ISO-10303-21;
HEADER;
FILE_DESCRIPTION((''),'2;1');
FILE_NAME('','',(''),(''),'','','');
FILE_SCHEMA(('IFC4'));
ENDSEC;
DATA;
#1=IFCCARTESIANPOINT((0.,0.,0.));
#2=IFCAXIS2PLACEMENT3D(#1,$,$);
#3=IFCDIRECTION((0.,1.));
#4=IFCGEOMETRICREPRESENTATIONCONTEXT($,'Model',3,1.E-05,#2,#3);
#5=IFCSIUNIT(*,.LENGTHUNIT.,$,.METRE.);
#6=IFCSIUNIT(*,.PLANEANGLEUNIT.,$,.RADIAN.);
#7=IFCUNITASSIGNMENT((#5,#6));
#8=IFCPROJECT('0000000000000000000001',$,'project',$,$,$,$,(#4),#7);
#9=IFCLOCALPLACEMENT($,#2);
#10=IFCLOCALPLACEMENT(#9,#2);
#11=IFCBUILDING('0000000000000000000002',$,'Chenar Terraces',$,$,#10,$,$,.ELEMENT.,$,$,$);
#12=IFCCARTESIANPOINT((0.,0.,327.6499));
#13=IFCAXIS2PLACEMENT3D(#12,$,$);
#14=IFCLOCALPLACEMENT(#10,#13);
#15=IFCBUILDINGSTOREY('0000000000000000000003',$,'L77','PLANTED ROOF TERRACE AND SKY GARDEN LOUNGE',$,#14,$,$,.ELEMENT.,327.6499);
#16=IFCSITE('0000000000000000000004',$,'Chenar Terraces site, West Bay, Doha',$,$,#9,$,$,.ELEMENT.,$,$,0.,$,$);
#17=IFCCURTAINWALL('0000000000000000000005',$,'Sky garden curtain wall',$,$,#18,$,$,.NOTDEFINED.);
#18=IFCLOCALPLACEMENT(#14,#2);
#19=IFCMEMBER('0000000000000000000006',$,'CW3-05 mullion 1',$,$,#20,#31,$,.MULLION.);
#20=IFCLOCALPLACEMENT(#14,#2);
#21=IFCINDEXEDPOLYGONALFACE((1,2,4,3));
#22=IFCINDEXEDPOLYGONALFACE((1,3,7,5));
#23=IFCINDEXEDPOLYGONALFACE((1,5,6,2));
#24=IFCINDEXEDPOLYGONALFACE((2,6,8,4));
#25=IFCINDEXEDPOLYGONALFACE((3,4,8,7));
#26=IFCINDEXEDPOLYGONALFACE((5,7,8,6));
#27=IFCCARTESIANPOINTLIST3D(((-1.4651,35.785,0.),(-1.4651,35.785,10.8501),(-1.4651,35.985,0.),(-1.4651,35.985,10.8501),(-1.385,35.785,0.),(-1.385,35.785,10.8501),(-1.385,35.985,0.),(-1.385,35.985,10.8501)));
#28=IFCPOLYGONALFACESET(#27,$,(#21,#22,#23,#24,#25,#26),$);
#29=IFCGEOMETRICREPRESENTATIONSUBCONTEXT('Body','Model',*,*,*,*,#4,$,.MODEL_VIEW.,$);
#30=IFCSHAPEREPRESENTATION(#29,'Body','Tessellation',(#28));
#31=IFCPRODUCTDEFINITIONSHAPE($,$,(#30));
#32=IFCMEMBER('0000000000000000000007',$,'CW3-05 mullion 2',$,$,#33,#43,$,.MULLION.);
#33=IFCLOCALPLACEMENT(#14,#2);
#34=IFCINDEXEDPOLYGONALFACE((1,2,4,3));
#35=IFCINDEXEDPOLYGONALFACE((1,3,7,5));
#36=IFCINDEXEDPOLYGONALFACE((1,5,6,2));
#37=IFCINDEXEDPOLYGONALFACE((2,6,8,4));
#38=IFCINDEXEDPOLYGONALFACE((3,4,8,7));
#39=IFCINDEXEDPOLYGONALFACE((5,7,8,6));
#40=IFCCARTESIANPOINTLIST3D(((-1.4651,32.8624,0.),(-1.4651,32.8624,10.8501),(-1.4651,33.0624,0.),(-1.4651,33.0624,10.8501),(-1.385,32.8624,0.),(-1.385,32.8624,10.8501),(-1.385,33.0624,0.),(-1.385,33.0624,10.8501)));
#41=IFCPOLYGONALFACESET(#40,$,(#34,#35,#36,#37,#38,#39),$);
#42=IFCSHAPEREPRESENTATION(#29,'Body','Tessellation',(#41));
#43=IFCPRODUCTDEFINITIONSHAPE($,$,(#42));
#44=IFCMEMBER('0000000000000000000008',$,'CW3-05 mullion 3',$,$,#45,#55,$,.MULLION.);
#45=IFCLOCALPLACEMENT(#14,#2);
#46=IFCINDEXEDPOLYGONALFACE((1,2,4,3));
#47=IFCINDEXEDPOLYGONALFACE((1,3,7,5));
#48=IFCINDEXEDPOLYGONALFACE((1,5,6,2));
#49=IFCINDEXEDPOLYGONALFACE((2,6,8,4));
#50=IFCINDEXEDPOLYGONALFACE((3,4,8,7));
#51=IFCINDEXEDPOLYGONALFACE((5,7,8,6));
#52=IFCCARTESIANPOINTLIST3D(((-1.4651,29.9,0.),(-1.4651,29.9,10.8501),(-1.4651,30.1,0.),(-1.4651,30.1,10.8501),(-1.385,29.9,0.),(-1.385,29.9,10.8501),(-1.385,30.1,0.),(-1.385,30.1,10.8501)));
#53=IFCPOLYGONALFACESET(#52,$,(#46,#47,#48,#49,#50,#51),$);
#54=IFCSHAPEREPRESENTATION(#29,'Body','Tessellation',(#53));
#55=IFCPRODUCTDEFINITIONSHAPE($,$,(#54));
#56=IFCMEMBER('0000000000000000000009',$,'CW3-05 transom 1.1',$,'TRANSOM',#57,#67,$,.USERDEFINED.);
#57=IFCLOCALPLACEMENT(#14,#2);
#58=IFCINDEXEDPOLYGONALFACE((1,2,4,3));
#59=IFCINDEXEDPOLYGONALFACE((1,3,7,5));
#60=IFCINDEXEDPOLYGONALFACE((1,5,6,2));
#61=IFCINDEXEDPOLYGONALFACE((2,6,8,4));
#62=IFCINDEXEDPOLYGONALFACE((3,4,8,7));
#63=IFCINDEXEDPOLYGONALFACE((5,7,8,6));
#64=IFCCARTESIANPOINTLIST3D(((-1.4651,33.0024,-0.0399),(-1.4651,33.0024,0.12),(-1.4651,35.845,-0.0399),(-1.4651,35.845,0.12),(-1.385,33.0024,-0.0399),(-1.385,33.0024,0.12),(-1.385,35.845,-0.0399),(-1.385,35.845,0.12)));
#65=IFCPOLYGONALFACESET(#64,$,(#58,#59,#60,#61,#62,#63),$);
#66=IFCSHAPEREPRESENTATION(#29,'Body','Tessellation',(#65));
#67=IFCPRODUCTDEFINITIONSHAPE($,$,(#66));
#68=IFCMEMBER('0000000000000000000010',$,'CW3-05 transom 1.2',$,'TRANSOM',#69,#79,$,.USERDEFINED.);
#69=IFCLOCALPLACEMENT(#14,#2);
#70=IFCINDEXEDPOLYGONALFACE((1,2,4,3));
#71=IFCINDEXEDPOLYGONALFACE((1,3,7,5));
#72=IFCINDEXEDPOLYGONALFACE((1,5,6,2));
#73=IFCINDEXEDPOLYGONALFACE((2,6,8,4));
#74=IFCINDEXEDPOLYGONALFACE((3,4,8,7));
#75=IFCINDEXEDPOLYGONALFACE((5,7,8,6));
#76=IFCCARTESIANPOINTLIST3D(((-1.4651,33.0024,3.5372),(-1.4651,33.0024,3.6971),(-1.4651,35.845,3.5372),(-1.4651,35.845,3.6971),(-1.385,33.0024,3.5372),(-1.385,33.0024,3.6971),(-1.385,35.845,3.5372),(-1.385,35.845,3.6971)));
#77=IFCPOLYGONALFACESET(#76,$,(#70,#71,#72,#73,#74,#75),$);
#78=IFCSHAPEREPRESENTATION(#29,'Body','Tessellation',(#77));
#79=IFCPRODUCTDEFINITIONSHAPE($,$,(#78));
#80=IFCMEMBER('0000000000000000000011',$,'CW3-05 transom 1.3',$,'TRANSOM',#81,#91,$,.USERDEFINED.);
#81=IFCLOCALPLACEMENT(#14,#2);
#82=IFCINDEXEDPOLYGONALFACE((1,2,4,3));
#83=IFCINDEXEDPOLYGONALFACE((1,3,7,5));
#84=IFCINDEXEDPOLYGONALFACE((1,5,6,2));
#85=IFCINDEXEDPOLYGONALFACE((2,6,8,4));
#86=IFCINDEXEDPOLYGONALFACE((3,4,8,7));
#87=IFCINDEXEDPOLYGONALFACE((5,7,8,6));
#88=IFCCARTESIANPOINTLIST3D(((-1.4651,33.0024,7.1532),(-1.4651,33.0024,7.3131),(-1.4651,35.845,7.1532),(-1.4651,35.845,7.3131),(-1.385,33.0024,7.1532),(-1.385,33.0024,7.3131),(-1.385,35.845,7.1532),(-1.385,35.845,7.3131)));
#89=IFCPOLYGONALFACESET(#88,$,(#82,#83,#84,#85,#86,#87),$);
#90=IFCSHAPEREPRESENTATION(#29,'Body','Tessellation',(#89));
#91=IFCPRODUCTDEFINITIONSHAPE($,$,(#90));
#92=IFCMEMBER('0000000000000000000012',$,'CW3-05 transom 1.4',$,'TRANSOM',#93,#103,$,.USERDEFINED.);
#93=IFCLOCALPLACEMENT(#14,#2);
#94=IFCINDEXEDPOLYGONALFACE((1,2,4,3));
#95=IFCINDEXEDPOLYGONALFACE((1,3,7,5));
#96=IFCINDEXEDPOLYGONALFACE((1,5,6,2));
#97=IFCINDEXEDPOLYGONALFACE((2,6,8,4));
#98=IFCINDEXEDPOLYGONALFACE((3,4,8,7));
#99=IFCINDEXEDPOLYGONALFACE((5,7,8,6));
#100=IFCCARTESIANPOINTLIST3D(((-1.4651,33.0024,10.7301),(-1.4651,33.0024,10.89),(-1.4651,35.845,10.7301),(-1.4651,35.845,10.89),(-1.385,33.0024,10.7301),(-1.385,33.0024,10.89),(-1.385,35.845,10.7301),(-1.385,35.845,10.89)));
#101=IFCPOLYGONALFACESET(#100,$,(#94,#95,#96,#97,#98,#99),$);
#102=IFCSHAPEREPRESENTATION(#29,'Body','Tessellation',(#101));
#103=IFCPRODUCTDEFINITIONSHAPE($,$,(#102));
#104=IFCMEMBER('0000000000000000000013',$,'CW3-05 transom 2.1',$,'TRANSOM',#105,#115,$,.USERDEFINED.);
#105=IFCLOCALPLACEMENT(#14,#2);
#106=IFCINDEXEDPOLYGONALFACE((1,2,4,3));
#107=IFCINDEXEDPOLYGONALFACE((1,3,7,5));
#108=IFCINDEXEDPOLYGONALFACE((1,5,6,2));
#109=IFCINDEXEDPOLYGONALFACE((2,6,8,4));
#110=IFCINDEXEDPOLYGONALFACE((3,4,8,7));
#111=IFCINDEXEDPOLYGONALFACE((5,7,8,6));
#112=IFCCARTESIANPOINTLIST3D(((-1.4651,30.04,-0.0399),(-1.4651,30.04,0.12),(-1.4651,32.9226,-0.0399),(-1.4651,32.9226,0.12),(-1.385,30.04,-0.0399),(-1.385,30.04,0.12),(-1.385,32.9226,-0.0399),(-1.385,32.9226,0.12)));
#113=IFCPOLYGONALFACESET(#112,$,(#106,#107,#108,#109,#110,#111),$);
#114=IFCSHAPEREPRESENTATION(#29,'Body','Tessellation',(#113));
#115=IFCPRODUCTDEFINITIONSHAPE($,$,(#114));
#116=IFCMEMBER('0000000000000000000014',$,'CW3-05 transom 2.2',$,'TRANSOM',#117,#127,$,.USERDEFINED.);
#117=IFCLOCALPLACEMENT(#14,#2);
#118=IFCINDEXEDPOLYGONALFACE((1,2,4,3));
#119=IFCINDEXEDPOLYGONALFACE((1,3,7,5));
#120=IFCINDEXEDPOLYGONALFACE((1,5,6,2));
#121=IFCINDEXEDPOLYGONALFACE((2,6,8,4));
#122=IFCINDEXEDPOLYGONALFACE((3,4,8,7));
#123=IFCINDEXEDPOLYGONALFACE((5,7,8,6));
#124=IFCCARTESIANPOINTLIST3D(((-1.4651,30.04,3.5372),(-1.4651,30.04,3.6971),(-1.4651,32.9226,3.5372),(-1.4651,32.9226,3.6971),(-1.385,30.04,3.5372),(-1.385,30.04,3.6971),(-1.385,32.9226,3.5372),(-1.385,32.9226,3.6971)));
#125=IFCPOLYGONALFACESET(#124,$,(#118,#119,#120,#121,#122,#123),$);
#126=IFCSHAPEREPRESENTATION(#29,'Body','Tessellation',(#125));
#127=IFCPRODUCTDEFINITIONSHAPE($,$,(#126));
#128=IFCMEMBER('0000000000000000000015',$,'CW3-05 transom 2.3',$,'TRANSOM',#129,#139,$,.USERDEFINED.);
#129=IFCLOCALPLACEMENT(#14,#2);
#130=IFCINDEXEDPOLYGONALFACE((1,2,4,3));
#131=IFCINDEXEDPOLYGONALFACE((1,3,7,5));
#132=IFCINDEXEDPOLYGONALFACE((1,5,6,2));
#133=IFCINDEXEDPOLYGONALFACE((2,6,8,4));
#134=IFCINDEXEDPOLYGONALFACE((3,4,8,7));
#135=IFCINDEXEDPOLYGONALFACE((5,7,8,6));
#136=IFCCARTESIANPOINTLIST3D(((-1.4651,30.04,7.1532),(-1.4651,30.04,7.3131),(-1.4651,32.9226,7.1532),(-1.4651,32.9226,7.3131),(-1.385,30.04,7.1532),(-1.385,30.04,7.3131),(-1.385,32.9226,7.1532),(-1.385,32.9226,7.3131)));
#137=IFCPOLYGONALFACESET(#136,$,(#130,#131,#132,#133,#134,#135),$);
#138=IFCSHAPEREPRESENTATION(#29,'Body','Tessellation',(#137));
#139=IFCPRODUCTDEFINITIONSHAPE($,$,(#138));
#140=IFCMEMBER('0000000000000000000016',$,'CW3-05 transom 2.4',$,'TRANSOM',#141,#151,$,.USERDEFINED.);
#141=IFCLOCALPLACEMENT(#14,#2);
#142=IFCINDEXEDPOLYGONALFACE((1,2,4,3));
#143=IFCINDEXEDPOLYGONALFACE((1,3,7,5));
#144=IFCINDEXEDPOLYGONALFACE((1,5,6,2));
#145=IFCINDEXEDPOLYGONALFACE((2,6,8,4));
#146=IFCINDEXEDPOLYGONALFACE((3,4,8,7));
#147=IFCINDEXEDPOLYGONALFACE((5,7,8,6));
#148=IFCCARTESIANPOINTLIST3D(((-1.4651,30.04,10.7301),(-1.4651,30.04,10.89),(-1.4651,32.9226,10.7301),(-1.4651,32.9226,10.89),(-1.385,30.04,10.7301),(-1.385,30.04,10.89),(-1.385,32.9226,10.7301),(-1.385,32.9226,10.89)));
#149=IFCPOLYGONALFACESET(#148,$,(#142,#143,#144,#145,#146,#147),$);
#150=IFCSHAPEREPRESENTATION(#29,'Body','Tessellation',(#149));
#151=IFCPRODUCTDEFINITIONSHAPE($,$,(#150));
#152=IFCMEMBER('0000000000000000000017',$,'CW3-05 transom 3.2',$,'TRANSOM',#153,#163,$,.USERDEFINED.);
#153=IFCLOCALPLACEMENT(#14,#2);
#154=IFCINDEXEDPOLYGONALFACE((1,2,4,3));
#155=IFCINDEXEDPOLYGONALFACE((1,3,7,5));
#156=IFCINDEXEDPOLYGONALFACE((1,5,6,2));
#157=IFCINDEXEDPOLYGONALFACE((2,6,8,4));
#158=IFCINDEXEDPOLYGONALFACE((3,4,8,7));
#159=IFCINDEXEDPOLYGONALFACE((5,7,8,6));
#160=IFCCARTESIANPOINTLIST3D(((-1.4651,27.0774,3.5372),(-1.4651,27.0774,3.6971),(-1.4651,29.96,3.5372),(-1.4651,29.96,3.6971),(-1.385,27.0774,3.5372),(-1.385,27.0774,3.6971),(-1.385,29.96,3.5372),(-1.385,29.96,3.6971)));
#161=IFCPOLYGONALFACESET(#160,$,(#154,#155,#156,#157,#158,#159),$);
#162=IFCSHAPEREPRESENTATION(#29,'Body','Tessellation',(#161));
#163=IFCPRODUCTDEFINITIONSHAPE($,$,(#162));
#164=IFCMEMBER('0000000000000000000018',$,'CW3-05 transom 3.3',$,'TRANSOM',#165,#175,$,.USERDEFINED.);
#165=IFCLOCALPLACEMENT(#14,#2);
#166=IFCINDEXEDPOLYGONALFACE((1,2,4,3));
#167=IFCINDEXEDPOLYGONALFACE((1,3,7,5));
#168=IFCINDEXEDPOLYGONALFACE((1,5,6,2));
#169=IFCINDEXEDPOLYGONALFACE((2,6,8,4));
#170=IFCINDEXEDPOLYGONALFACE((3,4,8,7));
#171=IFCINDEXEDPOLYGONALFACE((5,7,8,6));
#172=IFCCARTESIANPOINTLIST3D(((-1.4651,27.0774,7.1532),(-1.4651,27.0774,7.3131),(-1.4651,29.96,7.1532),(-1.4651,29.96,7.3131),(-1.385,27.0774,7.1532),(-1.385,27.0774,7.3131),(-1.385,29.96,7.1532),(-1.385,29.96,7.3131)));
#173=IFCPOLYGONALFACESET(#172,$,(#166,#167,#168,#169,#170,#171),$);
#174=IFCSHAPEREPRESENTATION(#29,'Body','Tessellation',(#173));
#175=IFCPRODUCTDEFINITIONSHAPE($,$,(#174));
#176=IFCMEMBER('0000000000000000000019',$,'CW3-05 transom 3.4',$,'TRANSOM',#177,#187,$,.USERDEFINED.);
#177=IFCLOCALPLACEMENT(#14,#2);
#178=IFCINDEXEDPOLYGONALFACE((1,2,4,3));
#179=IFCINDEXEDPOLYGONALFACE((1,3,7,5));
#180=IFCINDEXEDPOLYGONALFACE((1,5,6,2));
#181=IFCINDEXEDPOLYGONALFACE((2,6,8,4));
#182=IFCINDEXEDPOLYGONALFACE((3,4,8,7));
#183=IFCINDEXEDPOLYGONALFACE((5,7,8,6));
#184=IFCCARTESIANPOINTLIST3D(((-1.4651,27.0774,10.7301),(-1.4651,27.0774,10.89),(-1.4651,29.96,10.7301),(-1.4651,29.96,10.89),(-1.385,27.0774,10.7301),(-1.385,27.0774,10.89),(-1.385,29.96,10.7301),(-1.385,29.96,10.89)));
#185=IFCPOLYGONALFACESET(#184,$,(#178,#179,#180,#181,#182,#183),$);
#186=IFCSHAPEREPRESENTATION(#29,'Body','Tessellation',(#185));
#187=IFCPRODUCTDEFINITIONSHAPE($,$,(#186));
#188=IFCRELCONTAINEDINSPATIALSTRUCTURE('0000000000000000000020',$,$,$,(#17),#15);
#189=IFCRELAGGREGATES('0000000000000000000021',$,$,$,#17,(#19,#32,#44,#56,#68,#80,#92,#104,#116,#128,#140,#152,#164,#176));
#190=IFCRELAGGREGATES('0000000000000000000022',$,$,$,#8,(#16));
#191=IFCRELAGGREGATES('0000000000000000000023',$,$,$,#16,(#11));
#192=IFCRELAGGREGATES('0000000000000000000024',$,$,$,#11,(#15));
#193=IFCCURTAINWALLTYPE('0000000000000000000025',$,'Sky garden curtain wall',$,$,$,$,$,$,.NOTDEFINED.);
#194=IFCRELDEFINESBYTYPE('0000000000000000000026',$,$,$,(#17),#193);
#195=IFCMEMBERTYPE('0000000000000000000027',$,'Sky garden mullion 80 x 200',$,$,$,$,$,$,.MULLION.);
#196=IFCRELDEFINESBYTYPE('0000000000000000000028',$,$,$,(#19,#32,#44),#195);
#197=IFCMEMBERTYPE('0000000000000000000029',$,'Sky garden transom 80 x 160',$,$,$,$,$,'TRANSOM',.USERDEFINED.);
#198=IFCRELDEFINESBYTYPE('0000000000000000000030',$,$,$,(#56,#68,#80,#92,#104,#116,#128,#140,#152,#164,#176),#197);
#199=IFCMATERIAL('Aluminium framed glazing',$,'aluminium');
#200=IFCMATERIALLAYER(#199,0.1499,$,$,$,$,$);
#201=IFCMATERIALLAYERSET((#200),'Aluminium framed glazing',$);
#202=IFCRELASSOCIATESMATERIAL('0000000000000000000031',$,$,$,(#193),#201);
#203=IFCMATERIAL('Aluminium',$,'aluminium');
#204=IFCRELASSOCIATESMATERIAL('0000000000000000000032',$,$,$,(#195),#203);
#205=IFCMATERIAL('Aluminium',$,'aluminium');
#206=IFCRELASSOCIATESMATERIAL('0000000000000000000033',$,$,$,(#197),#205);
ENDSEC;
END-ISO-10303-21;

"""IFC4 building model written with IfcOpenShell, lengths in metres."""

from ifc_helpers import new_model, si_unit, direction, frame, origin, origin_2d, place, context, subcontext, project, spatial, rectangle, extrude, material, layer, layer_set, material_profile, profile_set, type_object, element, aggregate, save


model = new_model("IFC4")

# Units and contexts
model_context = context("Model", 3, precision=1e-05, world=origin(), true_north=direction((0.0, 1.0)))
body_context = subcontext(model_context, "Body", "Model", "MODEL_VIEW")
ifc_project = project(units=[si_unit("LENGTHUNIT", "METRE"), si_unit("PLANEANGLEUNIT", "RADIAN")], contexts=[model_context])

# Site, building, storey
site_placement = place(None, origin())
site = spatial("IfcSite", under=ifc_project, at=site_placement, Name="Chenar Terraces site, West Bay, Doha", CompositionType="ELEMENT", RefElevation=0.0)
building_placement = place(site_placement, origin())
building = spatial("IfcBuilding", under=site, at=building_placement, Name="Chenar Terraces", CompositionType="ELEMENT")
storey_placement = place(building_placement, frame((0.0, 0.0, 327.6499)))
storey = spatial("IfcBuildingStorey", under=building, at=storey_placement, Name="L77", Description="PLANTED ROOF TERRACE AND SKY GARDEN LOUNGE", CompositionType="ELEMENT", Elevation=327.6499)

# Curtain wall, members
ifc_material_1 = material(Name="Aluminium framed glazing", Category="aluminium")
ifc_layer_1 = layer(ifc_material_1, 0.1499)
ifc_layer_set_1 = layer_set([ifc_layer_1], Name="Aluminium framed glazing")
curtain_wall_type = type_object("IfcCurtainWallType", Name="Sky garden curtain wall", PredefinedType="NOTDEFINED", material=ifc_layer_set_1)
curtain_wall_placement = place(storey_placement, origin())
curtain_wall = element("IfcCurtainWall", 1, at=curtain_wall_placement, inside=storey, type_object=curtain_wall_type, Name="Sky garden curtain wall", PredefinedType="NOTDEFINED")
ifc_material_2 = material(Name="Aluminium", Category="aluminium")
ifc_material_profile_1 = material_profile(ifc_material_2, rectangle(XDim=0.0801, YDim=0.2, at=origin_2d()), Name="Sky garden mullion 80 x 200")
ifc_profile_set_1 = profile_set([ifc_material_profile_1], Name="Aluminium")
member_type_1 = type_object("IfcMemberType", Name="Sky garden mullion 80 x 200", PredefinedType="MULLION", material=ifc_profile_set_1)
member_1_placement = place(storey_placement, frame((-1.425, 35.885, 0.0), z_axis=(0.0, 0.0, 1.0), x_axis=(1.0, 0.0, 0.0)))
member_1 = element("IfcMember", 2, at=member_1_placement, type_object=member_type_1, Name="CW3-05 mullion 1", PredefinedType="MULLION", context=body_context, shape_type="SweptSolid", body=[
    extrude(rectangle(XDim=0.0801, YDim=0.2, at=origin_2d()), origin(), (0.0, 0.0, 1.0), 10.8501),
])
member_2_placement = place(storey_placement, frame((-1.425, 32.9624, 0.0), z_axis=(0.0, 0.0, 1.0), x_axis=(1.0, 0.0, 0.0)))
member_2 = element("IfcMember", 3, at=member_2_placement, type_object=member_type_1, Name="CW3-05 mullion 2", PredefinedType="MULLION", context=body_context, shape_type="SweptSolid", body=[
    extrude(rectangle(XDim=0.0801, YDim=0.2, at=origin_2d()), origin(), (0.0, 0.0, 1.0), 10.8501),
])
member_3_placement = place(storey_placement, frame((-1.425, 30.0, 0.0), z_axis=(0.0, 0.0, 1.0), x_axis=(1.0, 0.0, 0.0)))
member_3 = element("IfcMember", 4, at=member_3_placement, type_object=member_type_1, Name="CW3-05 mullion 3", PredefinedType="MULLION", context=body_context, shape_type="SweptSolid", body=[
    extrude(rectangle(XDim=0.0801, YDim=0.2, at=origin_2d()), origin(), (0.0, 0.0, 1.0), 10.8501),
])
ifc_material_3 = material(Name="Aluminium", Category="aluminium")
ifc_material_profile_2 = material_profile(ifc_material_3, rectangle(XDim=0.0801, YDim=0.1599, at=origin_2d()), Name="Sky garden transom 80 x 160")
ifc_profile_set_2 = profile_set([ifc_material_profile_2], Name="Aluminium")
member_type_2 = type_object("IfcMemberType", Name="Sky garden transom 80 x 160", ElementType="TRANSOM", PredefinedType="USERDEFINED", material=ifc_profile_set_2)
member_4_placement = place(storey_placement, frame((-1.425, 35.845, 0.04), z_axis=(0.0, -1.0, 0.0), x_axis=(1.0, 0.0, 0.0)))
member_4 = element("IfcMember", 5, at=member_4_placement, type_object=member_type_2, Name="CW3-05 transom 1.1", ObjectType="TRANSOM", PredefinedType="USERDEFINED", context=body_context, shape_type="SweptSolid", body=[
    extrude(rectangle(XDim=0.0801, YDim=0.1599, at=origin_2d()), origin(), (0.0, 0.0, 1.0), 2.8425),
])
member_5_placement = place(storey_placement, frame((-1.425, 35.845, 3.6172), z_axis=(0.0, -1.0, 0.0), x_axis=(1.0, 0.0, 0.0)))
member_5 = element("IfcMember", 6, at=member_5_placement, type_object=member_type_2, Name="CW3-05 transom 1.2", ObjectType="TRANSOM", PredefinedType="USERDEFINED", context=body_context, shape_type="SweptSolid", body=[
    extrude(rectangle(XDim=0.0801, YDim=0.1599, at=origin_2d()), origin(), (0.0, 0.0, 1.0), 2.8425),
])
member_6_placement = place(storey_placement, frame((-1.425, 35.845, 7.2332), z_axis=(0.0, -1.0, 0.0), x_axis=(1.0, 0.0, 0.0)))
member_6 = element("IfcMember", 7, at=member_6_placement, type_object=member_type_2, Name="CW3-05 transom 1.3", ObjectType="TRANSOM", PredefinedType="USERDEFINED", context=body_context, shape_type="SweptSolid", body=[
    extrude(rectangle(XDim=0.0801, YDim=0.1599, at=origin_2d()), origin(), (0.0, 0.0, 1.0), 2.8425),
])
member_7_placement = place(storey_placement, frame((-1.425, 35.845, 10.8101), z_axis=(0.0, -1.0, 0.0), x_axis=(1.0, 0.0, 0.0)))
member_7 = element("IfcMember", 8, at=member_7_placement, type_object=member_type_2, Name="CW3-05 transom 1.4", ObjectType="TRANSOM", PredefinedType="USERDEFINED", context=body_context, shape_type="SweptSolid", body=[
    extrude(rectangle(XDim=0.0801, YDim=0.1599, at=origin_2d()), origin(), (0.0, 0.0, 1.0), 2.8425),
])
member_8_placement = place(storey_placement, frame((-1.425, 32.9226, 0.04), z_axis=(0.0, -1.0, 0.0), x_axis=(1.0, 0.0, 0.0)))
member_8 = element("IfcMember", 9, at=member_8_placement, type_object=member_type_2, Name="CW3-05 transom 2.1", ObjectType="TRANSOM", PredefinedType="USERDEFINED", context=body_context, shape_type="SweptSolid", body=[
    extrude(rectangle(XDim=0.0801, YDim=0.1599, at=origin_2d()), origin(), (0.0, 0.0, 1.0), 2.8826),
])
member_9_placement = place(storey_placement, frame((-1.425, 32.9226, 3.6172), z_axis=(0.0, -1.0, 0.0), x_axis=(1.0, 0.0, 0.0)))
member_9 = element("IfcMember", 10, at=member_9_placement, type_object=member_type_2, Name="CW3-05 transom 2.2", ObjectType="TRANSOM", PredefinedType="USERDEFINED", context=body_context, shape_type="SweptSolid", body=[
    extrude(rectangle(XDim=0.0801, YDim=0.1599, at=origin_2d()), origin(), (0.0, 0.0, 1.0), 2.8826),
])
member_10_placement = place(storey_placement, frame((-1.425, 32.9226, 7.2332), z_axis=(0.0, -1.0, 0.0), x_axis=(1.0, 0.0, 0.0)))
member_10 = element("IfcMember", 11, at=member_10_placement, type_object=member_type_2, Name="CW3-05 transom 2.3", ObjectType="TRANSOM", PredefinedType="USERDEFINED", context=body_context, shape_type="SweptSolid", body=[
    extrude(rectangle(XDim=0.0801, YDim=0.1599, at=origin_2d()), origin(), (0.0, 0.0, 1.0), 2.8826),
])
member_11_placement = place(storey_placement, frame((-1.425, 32.9226, 10.8101), z_axis=(0.0, -1.0, 0.0), x_axis=(1.0, 0.0, 0.0)))
member_11 = element("IfcMember", 12, at=member_11_placement, type_object=member_type_2, Name="CW3-05 transom 2.4", ObjectType="TRANSOM", PredefinedType="USERDEFINED", context=body_context, shape_type="SweptSolid", body=[
    extrude(rectangle(XDim=0.0801, YDim=0.1599, at=origin_2d()), origin(), (0.0, 0.0, 1.0), 2.8826),
])
member_12_placement = place(storey_placement, frame((-1.425, 29.96, 3.6172), z_axis=(0.0, -1.0, 0.0), x_axis=(1.0, 0.0, 0.0)))
member_12 = element("IfcMember", 13, at=member_12_placement, type_object=member_type_2, Name="CW3-05 transom 3.2", ObjectType="TRANSOM", PredefinedType="USERDEFINED", context=body_context, shape_type="SweptSolid", body=[
    extrude(rectangle(XDim=0.0801, YDim=0.1599, at=origin_2d()), origin(), (0.0, 0.0, 1.0), 2.8826),
])
member_13_placement = place(storey_placement, frame((-1.425, 29.96, 7.2332), z_axis=(0.0, -1.0, 0.0), x_axis=(1.0, 0.0, 0.0)))
member_13 = element("IfcMember", 14, at=member_13_placement, type_object=member_type_2, Name="CW3-05 transom 3.3", ObjectType="TRANSOM", PredefinedType="USERDEFINED", context=body_context, shape_type="SweptSolid", body=[
    extrude(rectangle(XDim=0.0801, YDim=0.1599, at=origin_2d()), origin(), (0.0, 0.0, 1.0), 2.8826),
])
member_14_placement = place(storey_placement, frame((-1.425, 29.96, 10.8101), z_axis=(0.0, -1.0, 0.0), x_axis=(1.0, 0.0, 0.0)))
member_14 = element("IfcMember", 15, at=member_14_placement, type_object=member_type_2, Name="CW3-05 transom 3.4", ObjectType="TRANSOM", PredefinedType="USERDEFINED", context=body_context, shape_type="SweptSolid", body=[
    extrude(rectangle(XDim=0.0801, YDim=0.1599, at=origin_2d()), origin(), (0.0, 0.0, 1.0), 2.8826),
])
aggregate(curtain_wall, [member_1, member_2, member_3, member_4, member_5, member_6, member_7, member_8, member_9, member_10, member_11, member_12, member_13, member_14])

save(model, "model.ifc")
